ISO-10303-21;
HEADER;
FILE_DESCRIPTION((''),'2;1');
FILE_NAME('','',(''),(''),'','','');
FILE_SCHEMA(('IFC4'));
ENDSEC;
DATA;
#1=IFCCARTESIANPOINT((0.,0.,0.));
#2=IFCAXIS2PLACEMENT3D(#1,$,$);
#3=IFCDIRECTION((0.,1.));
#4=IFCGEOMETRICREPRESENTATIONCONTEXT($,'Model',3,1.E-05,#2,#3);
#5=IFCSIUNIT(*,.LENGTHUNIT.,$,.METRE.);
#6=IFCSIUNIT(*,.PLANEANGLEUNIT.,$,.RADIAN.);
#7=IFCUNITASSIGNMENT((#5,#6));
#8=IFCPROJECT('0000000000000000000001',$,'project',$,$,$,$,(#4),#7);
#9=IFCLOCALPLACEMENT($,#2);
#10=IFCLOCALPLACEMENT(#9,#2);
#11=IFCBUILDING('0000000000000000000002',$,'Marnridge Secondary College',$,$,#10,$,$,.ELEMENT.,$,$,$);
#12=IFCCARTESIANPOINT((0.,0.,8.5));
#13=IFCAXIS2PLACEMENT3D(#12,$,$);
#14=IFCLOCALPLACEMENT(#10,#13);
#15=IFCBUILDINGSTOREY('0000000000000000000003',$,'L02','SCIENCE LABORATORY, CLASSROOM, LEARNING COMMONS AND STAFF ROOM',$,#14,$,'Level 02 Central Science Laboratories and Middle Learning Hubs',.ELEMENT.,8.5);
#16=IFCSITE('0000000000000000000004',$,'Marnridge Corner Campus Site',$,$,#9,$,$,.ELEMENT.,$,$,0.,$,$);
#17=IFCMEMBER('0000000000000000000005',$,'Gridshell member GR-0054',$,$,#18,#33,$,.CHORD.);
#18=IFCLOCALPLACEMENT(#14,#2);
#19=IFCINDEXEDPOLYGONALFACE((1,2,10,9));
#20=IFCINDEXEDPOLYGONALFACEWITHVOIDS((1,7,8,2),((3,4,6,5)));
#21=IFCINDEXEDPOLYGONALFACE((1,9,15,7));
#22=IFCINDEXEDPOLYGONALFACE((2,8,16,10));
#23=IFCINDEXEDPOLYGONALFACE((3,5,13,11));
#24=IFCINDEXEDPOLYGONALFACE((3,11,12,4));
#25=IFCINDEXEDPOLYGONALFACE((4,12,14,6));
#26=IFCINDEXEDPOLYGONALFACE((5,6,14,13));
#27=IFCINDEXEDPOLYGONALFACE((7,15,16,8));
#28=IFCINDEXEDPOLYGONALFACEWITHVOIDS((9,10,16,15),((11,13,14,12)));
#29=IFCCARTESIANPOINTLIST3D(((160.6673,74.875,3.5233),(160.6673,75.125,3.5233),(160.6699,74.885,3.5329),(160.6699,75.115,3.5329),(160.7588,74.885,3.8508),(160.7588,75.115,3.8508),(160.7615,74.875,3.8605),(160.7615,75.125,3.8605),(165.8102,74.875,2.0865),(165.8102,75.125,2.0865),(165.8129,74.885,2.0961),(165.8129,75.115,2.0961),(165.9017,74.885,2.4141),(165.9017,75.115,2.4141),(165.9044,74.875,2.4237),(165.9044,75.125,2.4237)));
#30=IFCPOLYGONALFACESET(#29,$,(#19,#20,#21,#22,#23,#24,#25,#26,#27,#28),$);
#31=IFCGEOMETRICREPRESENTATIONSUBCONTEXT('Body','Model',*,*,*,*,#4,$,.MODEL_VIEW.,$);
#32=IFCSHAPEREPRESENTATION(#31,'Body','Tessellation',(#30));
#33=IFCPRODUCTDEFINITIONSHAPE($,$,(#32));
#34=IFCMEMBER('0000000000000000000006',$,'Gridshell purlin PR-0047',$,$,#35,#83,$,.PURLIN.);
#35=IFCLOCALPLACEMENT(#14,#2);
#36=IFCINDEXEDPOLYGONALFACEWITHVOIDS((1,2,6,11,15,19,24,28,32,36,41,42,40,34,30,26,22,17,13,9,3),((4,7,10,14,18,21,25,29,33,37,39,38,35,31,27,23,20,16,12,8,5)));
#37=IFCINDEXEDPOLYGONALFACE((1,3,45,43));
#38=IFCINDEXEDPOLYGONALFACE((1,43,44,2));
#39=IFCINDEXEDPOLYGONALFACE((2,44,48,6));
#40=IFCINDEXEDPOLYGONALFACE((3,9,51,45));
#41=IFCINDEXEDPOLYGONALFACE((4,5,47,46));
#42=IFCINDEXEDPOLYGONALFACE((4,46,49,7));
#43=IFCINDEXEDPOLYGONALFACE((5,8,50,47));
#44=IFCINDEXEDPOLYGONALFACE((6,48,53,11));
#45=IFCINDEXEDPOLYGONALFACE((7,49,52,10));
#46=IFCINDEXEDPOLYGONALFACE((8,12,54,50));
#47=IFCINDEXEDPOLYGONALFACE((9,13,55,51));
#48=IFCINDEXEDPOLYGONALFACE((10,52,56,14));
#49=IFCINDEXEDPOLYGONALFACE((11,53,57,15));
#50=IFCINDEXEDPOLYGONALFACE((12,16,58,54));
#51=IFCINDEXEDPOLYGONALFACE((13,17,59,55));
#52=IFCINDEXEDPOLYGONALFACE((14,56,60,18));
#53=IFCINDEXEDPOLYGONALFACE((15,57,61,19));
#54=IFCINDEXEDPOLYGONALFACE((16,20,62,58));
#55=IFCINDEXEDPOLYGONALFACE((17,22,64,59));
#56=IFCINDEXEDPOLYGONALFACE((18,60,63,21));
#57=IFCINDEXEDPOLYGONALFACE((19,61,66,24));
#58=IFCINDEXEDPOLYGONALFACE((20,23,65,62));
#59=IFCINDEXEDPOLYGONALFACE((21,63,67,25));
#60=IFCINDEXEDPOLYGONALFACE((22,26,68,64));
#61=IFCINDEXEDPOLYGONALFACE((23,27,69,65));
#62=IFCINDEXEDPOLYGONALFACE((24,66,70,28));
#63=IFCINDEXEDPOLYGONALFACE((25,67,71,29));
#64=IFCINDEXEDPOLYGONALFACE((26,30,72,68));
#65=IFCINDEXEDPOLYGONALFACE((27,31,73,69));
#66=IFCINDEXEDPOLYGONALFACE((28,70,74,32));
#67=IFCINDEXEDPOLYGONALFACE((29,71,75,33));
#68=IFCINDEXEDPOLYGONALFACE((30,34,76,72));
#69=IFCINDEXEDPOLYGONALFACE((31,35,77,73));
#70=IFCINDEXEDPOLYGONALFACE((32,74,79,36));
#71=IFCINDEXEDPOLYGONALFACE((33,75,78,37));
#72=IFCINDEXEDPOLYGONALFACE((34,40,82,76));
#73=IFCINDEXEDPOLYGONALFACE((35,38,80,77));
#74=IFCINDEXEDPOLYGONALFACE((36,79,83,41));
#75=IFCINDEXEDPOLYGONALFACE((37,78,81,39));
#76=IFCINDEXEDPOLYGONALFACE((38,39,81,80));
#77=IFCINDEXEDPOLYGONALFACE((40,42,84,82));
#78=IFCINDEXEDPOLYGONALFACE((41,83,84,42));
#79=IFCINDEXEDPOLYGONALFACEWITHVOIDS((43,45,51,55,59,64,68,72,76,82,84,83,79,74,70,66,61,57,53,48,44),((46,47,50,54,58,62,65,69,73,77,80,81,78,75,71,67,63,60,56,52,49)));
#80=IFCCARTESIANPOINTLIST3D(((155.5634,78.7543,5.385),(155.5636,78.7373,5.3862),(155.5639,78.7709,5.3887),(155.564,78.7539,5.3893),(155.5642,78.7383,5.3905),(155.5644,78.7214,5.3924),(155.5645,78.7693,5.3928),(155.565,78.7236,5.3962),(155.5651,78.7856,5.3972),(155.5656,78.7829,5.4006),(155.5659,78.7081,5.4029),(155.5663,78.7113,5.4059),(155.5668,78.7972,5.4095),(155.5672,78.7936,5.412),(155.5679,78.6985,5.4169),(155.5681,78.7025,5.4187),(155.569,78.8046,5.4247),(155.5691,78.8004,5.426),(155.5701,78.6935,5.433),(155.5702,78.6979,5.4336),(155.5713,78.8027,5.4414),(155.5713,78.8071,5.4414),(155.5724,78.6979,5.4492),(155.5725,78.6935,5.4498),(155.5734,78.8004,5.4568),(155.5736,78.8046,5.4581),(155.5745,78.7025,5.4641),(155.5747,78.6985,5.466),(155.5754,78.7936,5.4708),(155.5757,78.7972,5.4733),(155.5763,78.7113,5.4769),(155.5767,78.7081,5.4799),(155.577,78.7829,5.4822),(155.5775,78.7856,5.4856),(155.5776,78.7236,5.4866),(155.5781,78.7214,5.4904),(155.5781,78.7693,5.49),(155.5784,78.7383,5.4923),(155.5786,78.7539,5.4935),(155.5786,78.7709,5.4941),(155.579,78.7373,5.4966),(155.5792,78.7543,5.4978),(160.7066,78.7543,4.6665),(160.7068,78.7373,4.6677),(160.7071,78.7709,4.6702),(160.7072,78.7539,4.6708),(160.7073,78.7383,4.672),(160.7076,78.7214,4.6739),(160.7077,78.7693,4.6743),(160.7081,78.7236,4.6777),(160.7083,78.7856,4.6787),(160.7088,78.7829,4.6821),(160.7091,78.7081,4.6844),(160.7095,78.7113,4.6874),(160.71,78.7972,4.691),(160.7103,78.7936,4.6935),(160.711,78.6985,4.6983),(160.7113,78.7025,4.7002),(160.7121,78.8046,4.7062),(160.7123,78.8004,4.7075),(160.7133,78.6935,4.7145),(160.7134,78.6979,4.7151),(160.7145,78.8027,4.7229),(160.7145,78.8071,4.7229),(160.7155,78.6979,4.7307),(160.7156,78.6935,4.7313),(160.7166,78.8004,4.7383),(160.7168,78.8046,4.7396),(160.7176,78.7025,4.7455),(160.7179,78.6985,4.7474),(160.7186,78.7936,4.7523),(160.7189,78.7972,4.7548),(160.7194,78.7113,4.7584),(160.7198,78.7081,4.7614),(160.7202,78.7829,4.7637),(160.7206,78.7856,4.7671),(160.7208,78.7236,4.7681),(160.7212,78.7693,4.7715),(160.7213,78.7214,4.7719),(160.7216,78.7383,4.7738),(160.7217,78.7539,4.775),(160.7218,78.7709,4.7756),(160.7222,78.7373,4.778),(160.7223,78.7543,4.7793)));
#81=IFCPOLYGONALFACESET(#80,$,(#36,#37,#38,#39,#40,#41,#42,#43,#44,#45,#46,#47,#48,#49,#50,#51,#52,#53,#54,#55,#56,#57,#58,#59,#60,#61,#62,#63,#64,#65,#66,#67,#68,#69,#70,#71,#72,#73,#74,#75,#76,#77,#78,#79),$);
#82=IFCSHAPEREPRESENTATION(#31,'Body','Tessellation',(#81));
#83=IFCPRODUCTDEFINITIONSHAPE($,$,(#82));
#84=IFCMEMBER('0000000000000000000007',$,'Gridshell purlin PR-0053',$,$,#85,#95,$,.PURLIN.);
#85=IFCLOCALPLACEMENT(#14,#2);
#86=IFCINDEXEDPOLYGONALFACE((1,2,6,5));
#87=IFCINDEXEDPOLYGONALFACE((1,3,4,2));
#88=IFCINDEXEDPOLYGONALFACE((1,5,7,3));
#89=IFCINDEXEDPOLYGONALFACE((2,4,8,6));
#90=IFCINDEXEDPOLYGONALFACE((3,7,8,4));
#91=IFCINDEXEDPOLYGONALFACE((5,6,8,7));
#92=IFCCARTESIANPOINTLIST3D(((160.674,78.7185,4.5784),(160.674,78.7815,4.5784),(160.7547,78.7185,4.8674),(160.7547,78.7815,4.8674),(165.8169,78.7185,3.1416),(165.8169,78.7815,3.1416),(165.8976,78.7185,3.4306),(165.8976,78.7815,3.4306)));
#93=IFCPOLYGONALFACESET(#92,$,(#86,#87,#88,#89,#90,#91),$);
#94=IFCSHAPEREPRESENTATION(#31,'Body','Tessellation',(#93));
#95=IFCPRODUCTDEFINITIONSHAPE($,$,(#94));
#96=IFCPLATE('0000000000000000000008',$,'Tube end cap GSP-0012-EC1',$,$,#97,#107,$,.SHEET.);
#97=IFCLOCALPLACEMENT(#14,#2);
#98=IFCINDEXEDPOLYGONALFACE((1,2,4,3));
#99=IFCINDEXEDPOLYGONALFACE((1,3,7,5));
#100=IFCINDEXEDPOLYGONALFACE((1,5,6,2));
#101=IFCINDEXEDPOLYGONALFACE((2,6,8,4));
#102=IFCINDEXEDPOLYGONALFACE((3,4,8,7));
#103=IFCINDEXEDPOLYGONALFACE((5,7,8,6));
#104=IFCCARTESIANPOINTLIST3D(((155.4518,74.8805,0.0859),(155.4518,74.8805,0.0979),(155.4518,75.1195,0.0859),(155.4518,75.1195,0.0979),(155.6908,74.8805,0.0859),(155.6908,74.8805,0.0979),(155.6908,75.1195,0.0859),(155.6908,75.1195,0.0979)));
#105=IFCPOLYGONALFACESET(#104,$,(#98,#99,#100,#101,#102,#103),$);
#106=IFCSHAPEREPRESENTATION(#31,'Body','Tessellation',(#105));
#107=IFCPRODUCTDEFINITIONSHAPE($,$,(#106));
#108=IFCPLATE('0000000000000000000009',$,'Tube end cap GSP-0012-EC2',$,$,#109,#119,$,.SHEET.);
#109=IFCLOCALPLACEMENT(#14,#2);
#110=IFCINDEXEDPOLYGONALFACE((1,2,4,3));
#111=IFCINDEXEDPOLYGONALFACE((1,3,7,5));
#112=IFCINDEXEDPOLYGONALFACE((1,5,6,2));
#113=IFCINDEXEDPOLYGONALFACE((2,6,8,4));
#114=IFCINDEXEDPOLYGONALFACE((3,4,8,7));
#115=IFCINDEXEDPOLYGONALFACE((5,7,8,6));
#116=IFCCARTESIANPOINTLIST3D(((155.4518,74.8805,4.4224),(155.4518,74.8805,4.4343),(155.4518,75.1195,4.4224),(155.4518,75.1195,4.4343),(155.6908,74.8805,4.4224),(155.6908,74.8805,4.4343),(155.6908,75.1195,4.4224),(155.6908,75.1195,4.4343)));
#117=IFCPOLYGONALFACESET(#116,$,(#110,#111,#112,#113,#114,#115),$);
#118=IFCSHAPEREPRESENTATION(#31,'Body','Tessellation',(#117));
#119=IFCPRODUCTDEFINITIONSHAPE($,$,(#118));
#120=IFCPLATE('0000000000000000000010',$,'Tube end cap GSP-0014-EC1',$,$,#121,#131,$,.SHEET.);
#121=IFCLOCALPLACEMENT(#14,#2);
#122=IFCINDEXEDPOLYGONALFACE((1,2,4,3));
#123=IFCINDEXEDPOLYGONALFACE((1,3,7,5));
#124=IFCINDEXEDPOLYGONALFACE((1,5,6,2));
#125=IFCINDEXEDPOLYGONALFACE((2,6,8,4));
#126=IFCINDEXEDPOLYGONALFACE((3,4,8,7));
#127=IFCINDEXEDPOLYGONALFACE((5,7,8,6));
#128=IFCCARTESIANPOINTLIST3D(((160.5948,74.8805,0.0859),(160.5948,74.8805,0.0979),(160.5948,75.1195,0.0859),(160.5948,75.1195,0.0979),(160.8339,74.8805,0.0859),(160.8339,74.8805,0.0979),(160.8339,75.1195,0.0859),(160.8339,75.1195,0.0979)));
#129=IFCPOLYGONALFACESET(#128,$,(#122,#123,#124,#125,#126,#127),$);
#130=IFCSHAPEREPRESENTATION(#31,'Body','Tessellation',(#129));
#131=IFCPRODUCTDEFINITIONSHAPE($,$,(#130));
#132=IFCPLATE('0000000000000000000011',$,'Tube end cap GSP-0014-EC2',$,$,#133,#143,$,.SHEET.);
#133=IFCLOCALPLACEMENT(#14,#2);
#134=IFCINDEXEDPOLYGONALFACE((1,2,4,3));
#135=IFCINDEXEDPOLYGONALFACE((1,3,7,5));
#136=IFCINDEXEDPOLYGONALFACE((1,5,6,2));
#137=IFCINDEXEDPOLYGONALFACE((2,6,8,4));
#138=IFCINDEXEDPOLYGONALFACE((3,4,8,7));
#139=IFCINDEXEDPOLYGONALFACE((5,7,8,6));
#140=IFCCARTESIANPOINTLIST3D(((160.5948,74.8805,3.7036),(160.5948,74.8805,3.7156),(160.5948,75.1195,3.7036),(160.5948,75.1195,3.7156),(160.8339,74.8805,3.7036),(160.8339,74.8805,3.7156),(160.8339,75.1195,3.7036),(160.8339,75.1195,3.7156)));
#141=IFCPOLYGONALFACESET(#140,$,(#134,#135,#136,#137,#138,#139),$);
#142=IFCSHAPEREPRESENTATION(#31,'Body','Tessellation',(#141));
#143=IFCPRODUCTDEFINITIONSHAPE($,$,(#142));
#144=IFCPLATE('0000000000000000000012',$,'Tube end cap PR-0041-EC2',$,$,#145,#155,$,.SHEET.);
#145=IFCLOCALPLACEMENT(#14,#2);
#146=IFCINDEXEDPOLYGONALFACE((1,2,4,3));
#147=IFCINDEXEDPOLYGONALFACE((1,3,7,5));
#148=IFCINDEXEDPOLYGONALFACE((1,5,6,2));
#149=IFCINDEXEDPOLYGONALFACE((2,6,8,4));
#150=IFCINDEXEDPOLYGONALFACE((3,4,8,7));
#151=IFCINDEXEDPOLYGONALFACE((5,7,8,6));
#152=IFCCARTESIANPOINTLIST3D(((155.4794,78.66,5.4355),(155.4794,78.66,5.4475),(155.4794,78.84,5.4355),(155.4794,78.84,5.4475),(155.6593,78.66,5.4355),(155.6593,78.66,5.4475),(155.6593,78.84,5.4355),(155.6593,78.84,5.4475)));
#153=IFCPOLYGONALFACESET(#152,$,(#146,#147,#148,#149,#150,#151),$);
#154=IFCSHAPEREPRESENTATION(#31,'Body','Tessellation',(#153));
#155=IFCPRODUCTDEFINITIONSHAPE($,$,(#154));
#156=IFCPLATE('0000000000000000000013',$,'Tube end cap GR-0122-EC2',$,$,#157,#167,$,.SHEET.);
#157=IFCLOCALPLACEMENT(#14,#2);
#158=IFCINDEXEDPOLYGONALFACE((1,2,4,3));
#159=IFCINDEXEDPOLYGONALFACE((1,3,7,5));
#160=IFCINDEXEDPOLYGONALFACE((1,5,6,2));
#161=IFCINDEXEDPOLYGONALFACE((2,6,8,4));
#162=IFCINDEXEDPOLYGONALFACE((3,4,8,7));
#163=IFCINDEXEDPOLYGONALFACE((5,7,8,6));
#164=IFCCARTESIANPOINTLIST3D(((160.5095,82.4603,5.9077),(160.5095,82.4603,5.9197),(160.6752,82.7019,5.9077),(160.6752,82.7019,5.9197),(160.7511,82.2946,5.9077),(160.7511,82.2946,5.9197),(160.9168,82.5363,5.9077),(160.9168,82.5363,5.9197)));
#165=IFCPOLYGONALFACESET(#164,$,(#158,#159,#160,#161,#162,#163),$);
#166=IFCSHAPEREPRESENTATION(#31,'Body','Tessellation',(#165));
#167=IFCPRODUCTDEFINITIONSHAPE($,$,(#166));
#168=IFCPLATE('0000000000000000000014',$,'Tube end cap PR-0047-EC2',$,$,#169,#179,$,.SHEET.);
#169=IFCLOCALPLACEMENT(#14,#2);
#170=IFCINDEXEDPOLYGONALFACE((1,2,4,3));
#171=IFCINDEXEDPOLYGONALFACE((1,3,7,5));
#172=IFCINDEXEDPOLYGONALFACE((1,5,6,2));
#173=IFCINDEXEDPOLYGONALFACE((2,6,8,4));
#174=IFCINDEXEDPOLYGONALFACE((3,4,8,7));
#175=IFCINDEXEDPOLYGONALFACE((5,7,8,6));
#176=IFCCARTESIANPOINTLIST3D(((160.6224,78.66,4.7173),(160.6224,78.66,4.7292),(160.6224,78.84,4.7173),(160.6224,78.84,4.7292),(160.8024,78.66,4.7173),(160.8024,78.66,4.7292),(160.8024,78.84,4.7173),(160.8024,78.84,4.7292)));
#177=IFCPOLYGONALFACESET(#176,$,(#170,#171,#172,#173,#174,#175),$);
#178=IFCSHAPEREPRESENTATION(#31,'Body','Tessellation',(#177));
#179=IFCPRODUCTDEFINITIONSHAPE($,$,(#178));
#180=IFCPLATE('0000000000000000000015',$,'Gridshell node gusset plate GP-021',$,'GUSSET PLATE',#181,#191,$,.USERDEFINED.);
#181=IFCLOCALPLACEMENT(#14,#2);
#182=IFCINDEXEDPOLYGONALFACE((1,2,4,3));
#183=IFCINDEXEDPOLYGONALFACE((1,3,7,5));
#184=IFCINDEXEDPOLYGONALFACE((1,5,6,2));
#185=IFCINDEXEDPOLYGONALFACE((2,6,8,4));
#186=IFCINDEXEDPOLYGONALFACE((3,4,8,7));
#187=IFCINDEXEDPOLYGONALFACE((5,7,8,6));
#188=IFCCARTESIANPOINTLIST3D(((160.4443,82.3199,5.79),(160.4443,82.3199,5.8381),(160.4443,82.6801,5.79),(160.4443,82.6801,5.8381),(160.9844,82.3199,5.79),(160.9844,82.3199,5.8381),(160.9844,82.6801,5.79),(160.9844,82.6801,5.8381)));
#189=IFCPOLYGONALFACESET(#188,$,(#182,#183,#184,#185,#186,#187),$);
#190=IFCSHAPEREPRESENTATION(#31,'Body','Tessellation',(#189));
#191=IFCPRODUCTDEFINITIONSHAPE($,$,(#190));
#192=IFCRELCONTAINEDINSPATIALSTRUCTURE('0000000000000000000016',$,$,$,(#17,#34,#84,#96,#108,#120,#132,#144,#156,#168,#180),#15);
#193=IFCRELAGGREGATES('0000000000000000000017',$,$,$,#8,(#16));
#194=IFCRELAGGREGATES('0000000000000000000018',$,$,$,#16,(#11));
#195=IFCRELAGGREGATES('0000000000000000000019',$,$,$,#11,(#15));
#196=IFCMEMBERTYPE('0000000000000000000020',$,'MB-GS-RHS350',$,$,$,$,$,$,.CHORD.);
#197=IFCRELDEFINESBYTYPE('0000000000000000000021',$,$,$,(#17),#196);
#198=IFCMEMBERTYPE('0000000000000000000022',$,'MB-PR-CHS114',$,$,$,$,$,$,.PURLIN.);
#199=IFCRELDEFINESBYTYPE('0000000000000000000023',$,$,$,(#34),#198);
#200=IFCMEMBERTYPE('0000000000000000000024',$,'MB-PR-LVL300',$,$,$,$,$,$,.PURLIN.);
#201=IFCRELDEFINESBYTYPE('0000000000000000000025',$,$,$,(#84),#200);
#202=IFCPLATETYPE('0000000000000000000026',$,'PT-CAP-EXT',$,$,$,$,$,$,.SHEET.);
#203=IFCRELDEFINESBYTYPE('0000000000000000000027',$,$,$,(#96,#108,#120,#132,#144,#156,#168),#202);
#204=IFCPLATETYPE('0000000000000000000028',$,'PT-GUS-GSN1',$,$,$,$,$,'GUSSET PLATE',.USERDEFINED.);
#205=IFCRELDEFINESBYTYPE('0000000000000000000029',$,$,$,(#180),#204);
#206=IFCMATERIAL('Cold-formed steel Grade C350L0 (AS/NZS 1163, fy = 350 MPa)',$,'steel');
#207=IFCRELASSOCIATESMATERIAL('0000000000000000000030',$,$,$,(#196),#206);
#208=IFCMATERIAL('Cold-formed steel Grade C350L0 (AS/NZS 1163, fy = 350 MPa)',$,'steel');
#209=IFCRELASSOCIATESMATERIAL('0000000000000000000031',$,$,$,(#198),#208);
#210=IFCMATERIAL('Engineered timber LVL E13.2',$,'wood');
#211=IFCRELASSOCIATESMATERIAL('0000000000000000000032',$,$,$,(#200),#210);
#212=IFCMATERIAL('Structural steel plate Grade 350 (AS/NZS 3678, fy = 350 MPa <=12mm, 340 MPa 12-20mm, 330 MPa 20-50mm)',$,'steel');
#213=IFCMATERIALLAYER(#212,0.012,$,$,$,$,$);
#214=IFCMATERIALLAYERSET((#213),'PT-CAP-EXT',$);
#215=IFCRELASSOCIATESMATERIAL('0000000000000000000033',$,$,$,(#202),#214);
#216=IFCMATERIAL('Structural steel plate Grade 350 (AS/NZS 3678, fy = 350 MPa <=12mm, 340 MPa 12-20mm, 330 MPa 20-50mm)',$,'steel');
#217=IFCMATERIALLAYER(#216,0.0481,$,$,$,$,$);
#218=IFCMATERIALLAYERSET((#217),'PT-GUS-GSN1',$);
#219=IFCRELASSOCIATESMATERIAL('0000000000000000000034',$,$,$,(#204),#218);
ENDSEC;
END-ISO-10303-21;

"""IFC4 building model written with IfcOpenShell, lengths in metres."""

from ifc_helpers import new_model, si_unit, direction, frame, origin, origin_2d, place, context, subcontext, project, spatial, rectangle, hollow_rectangle, hollow_circle, extrude, material, layer, layer_set, material_profile, profile_set, type_object, element, save


model = new_model("IFC4")

# Units and contexts
model_context = context("Model", 3, precision=1e-05, world=origin(), true_north=direction((0.0, 1.0)))
body_context = subcontext(model_context, "Body", "Model", "MODEL_VIEW")
ifc_project = project(units=[si_unit("LENGTHUNIT", "METRE"), si_unit("PLANEANGLEUNIT", "RADIAN")], contexts=[model_context])

# Site, building, storey
site_placement = place(None, origin())
site = spatial("IfcSite", under=ifc_project, at=site_placement, Name="Marnridge Corner Campus Site", CompositionType="ELEMENT", RefElevation=0.0)
building_placement = place(site_placement, origin())
building = spatial("IfcBuilding", under=site, at=building_placement, Name="Marnridge Secondary College", CompositionType="ELEMENT")
storey_placement = place(building_placement, frame((0.0, 0.0, 8.5)))
storey = spatial("IfcBuildingStorey", under=building, at=storey_placement, Name="L02", Description="SCIENCE LABORATORY, CLASSROOM, LEARNING COMMONS AND STAFF ROOM", LongName="Level 02 Central Science Laboratories and Middle Learning Hubs", CompositionType="ELEMENT", Elevation=8.5)

# Members
ifc_material_1 = material(Name="Cold-formed steel Grade C350L0 (AS/NZS 1163, fy = 350 MPa)", Category="steel")
ifc_material_profile_1 = material_profile(ifc_material_1, hollow_rectangle(XDim=0.25, YDim=0.3501, WallThickness=0.01, at=origin_2d()), Name="350x250x10.0RHS")
ifc_profile_set_1 = profile_set([ifc_material_profile_1], Name="Cold-formed steel Grade C350L0 (AS/NZS 1163, fy = 350 MPa)")
member_type_1 = type_object("IfcMemberType", Name="MB-GS-RHS350", PredefinedType="CHORD", material=ifc_profile_set_1)
member_1_placement = place(storey_placement, frame((160.7144, 75.0, 3.6919), z_axis=(0.963121, 0.0, -0.26907), x_axis=(0.0, 1.0, 0.0)))
element("IfcMember", 1, at=member_1_placement, inside=storey, type_object=member_type_1, Name="Gridshell member GR-0054", PredefinedType="CHORD", context=body_context, shape_type="SweptSolid", body=[
    extrude(hollow_rectangle(XDim=0.25, YDim=0.3501, WallThickness=0.01, at=origin_2d()), origin(), (0.0, 0.0, 1.0), 5.3398),
])
ifc_material_2 = material(Name="Cold-formed steel Grade C350L0 (AS/NZS 1163, fy = 350 MPa)", Category="steel")
ifc_material_profile_2 = material_profile(ifc_material_2, hollow_circle(Radius=0.0571, WallThickness=0.0044, at=origin_2d()), Name="114.3x4.5CHS")
ifc_profile_set_2 = profile_set([ifc_material_profile_2], Name="Cold-formed steel Grade C350L0 (AS/NZS 1163, fy = 350 MPa)")
member_type_2 = type_object("IfcMemberType", Name="MB-PR-CHS114", PredefinedType="PURLIN", material=ifc_profile_set_2)
member_2_placement = place(storey_placement, frame((155.5713, 78.75, 5.4414), z_axis=(0.990382, 0.0, -0.13836), x_axis=(0.0, 1.0, 0.0)))
element("IfcMember", 2, at=member_2_placement, inside=storey, type_object=member_type_2, Name="Gridshell purlin PR-0047", PredefinedType="PURLIN", context=body_context, shape_type="SweptSolid", body=[
    extrude(hollow_circle(Radius=0.0571, WallThickness=0.0044, at=origin_2d()), origin(), (0.0, 0.0, 1.0), 5.1931),
])
ifc_material_3 = material(Name="Engineered timber LVL E13.2", Category="wood")
ifc_material_profile_3 = material_profile(ifc_material_3, rectangle(XDim=0.063, YDim=0.3, at=origin_2d()), Name="LVL 63x300")
ifc_profile_set_3 = profile_set([ifc_material_profile_3], Name="Engineered timber LVL E13.2")
member_type_3 = type_object("IfcMemberType", Name="MB-PR-LVL300", PredefinedType="PURLIN", material=ifc_profile_set_3)
member_3_placement = place(storey_placement, frame((160.7144, 78.75, 4.7229), z_axis=(0.963121, 0.0, -0.26907), x_axis=(0.0, 1.0, 0.0)))
element("IfcMember", 3, at=member_3_placement, inside=storey, type_object=member_type_3, Name="Gridshell purlin PR-0053", PredefinedType="PURLIN", context=body_context, shape_type="SweptSolid", body=[
    extrude(rectangle(XDim=0.063, YDim=0.3, at=origin_2d()), origin(), (0.0, 0.0, 1.0), 5.3398),
])

# Plates
ifc_material_4 = material(Name="Structural steel plate Grade 350 (AS/NZS 3678, fy = 350 MPa <=12mm, 340 MPa 12-20mm, 330 MPa 20-50mm)", Category="steel")
ifc_layer_1 = layer(ifc_material_4, 0.012)
ifc_layer_set_1 = layer_set([ifc_layer_1], Name="PT-CAP-EXT")
plate_type_1 = type_object("IfcPlateType", Name="PT-CAP-EXT", PredefinedType="SHEET", material=ifc_layer_set_1)
for number, where, z_axis, x_axis, name in (
    (4, (155.5713, 75.0, 0.0859), (0.0, 0.0, 1.0), (1.0, 0.0, 0.0), "Tube end cap GSP-0012-EC1"),
    (5, (155.5713, 75.0, 4.4224), (0.0, 0.0, 1.0), (1.0, 0.0, 0.0), "Tube end cap GSP-0012-EC2"),
    (6, (160.7144, 75.0, 0.0859), (0.0, 0.0, 1.0), (1.0, 0.0, 0.0), "Tube end cap GSP-0014-EC1"),
    (7, (160.7144, 75.0, 3.7036), (0.0, 0.0, 1.0), (1.0, 0.0, 0.0), "Tube end cap GSP-0014-EC2"),
):
    element("IfcPlate", number, at=place(storey_placement, frame(where, z_axis=z_axis, x_axis=x_axis)), inside=storey, type_object=plate_type_1, Name=name, PredefinedType="SHEET", context=body_context, shape_type="SweptSolid", body=[
        extrude(rectangle(XDim=0.239, YDim=0.239, at=origin_2d()), origin(), (0.0, 0.0, 1.0), 0.012),
    ])
plate_1_placement = place(storey_placement, frame((155.5693, 78.75, 5.4355), z_axis=(0.0, 0.0, 1.0), x_axis=(1.0, 0.0, 0.0)))
element("IfcPlate", 8, at=plate_1_placement, inside=storey, type_object=plate_type_1, Name="Tube end cap PR-0041-EC2", PredefinedType="SHEET", context=body_context, shape_type="SweptSolid", body=[
    extrude(rectangle(XDim=0.1799, YDim=0.1799, at=origin_2d()), origin(), (0.0, 0.0, 1.0), 0.012),
])
plate_2_placement = place(storey_placement, frame((160.7131, 82.4983, 5.9077), z_axis=(0.0, 0.0, 1.0), x_axis=(0.565543, 0.824719, 0.0)))
element("IfcPlate", 9, at=plate_2_placement, inside=storey, type_object=plate_type_1, Name="Tube end cap GR-0122-EC2", PredefinedType="SHEET", context=body_context, shape_type="SweptSolid", body=[
    extrude(rectangle(XDim=0.293, YDim=0.293, at=origin_2d()), origin(), (0.0, 0.0, 1.0), 0.012),
])
plate_3_placement = place(storey_placement, frame((160.7124, 78.75, 4.7173), z_axis=(0.0, 0.0, 1.0), x_axis=(1.0, 0.0, 0.0)))
element("IfcPlate", 10, at=plate_3_placement, inside=storey, type_object=plate_type_1, Name="Tube end cap PR-0047-EC2", PredefinedType="SHEET", context=body_context, shape_type="SweptSolid", body=[
    extrude(rectangle(XDim=0.1799, YDim=0.1799, at=origin_2d()), origin(), (0.0, 0.0, 1.0), 0.012),
])
ifc_material_5 = material(Name="Structural steel plate Grade 350 (AS/NZS 3678, fy = 350 MPa <=12mm, 340 MPa 12-20mm, 330 MPa 20-50mm)", Category="steel")
ifc_layer_2 = layer(ifc_material_5, 0.0481)
ifc_layer_set_2 = layer_set([ifc_layer_2], Name="PT-GUS-GSN1")
plate_type_2 = type_object("IfcPlateType", Name="PT-GUS-GSN1", ElementType="GUSSET PLATE", PredefinedType="USERDEFINED", material=ifc_layer_set_2)
plate_4_placement = place(storey_placement, frame((160.7144, 82.5, 5.79), z_axis=(0.0, 0.0, 1.0), x_axis=(1.0, 0.0, 0.0)))
element("IfcPlate", 11, at=plate_4_placement, inside=storey, type_object=plate_type_2, Name="Gridshell node gusset plate GP-021", ObjectType="GUSSET PLATE", PredefinedType="USERDEFINED", context=body_context, shape_type="SweptSolid", body=[
    extrude(rectangle(XDim=0.54, YDim=0.3601, at=origin_2d()), origin(), (0.0, 0.0, 1.0), 0.0481),
])

save(model, "model.ifc")
